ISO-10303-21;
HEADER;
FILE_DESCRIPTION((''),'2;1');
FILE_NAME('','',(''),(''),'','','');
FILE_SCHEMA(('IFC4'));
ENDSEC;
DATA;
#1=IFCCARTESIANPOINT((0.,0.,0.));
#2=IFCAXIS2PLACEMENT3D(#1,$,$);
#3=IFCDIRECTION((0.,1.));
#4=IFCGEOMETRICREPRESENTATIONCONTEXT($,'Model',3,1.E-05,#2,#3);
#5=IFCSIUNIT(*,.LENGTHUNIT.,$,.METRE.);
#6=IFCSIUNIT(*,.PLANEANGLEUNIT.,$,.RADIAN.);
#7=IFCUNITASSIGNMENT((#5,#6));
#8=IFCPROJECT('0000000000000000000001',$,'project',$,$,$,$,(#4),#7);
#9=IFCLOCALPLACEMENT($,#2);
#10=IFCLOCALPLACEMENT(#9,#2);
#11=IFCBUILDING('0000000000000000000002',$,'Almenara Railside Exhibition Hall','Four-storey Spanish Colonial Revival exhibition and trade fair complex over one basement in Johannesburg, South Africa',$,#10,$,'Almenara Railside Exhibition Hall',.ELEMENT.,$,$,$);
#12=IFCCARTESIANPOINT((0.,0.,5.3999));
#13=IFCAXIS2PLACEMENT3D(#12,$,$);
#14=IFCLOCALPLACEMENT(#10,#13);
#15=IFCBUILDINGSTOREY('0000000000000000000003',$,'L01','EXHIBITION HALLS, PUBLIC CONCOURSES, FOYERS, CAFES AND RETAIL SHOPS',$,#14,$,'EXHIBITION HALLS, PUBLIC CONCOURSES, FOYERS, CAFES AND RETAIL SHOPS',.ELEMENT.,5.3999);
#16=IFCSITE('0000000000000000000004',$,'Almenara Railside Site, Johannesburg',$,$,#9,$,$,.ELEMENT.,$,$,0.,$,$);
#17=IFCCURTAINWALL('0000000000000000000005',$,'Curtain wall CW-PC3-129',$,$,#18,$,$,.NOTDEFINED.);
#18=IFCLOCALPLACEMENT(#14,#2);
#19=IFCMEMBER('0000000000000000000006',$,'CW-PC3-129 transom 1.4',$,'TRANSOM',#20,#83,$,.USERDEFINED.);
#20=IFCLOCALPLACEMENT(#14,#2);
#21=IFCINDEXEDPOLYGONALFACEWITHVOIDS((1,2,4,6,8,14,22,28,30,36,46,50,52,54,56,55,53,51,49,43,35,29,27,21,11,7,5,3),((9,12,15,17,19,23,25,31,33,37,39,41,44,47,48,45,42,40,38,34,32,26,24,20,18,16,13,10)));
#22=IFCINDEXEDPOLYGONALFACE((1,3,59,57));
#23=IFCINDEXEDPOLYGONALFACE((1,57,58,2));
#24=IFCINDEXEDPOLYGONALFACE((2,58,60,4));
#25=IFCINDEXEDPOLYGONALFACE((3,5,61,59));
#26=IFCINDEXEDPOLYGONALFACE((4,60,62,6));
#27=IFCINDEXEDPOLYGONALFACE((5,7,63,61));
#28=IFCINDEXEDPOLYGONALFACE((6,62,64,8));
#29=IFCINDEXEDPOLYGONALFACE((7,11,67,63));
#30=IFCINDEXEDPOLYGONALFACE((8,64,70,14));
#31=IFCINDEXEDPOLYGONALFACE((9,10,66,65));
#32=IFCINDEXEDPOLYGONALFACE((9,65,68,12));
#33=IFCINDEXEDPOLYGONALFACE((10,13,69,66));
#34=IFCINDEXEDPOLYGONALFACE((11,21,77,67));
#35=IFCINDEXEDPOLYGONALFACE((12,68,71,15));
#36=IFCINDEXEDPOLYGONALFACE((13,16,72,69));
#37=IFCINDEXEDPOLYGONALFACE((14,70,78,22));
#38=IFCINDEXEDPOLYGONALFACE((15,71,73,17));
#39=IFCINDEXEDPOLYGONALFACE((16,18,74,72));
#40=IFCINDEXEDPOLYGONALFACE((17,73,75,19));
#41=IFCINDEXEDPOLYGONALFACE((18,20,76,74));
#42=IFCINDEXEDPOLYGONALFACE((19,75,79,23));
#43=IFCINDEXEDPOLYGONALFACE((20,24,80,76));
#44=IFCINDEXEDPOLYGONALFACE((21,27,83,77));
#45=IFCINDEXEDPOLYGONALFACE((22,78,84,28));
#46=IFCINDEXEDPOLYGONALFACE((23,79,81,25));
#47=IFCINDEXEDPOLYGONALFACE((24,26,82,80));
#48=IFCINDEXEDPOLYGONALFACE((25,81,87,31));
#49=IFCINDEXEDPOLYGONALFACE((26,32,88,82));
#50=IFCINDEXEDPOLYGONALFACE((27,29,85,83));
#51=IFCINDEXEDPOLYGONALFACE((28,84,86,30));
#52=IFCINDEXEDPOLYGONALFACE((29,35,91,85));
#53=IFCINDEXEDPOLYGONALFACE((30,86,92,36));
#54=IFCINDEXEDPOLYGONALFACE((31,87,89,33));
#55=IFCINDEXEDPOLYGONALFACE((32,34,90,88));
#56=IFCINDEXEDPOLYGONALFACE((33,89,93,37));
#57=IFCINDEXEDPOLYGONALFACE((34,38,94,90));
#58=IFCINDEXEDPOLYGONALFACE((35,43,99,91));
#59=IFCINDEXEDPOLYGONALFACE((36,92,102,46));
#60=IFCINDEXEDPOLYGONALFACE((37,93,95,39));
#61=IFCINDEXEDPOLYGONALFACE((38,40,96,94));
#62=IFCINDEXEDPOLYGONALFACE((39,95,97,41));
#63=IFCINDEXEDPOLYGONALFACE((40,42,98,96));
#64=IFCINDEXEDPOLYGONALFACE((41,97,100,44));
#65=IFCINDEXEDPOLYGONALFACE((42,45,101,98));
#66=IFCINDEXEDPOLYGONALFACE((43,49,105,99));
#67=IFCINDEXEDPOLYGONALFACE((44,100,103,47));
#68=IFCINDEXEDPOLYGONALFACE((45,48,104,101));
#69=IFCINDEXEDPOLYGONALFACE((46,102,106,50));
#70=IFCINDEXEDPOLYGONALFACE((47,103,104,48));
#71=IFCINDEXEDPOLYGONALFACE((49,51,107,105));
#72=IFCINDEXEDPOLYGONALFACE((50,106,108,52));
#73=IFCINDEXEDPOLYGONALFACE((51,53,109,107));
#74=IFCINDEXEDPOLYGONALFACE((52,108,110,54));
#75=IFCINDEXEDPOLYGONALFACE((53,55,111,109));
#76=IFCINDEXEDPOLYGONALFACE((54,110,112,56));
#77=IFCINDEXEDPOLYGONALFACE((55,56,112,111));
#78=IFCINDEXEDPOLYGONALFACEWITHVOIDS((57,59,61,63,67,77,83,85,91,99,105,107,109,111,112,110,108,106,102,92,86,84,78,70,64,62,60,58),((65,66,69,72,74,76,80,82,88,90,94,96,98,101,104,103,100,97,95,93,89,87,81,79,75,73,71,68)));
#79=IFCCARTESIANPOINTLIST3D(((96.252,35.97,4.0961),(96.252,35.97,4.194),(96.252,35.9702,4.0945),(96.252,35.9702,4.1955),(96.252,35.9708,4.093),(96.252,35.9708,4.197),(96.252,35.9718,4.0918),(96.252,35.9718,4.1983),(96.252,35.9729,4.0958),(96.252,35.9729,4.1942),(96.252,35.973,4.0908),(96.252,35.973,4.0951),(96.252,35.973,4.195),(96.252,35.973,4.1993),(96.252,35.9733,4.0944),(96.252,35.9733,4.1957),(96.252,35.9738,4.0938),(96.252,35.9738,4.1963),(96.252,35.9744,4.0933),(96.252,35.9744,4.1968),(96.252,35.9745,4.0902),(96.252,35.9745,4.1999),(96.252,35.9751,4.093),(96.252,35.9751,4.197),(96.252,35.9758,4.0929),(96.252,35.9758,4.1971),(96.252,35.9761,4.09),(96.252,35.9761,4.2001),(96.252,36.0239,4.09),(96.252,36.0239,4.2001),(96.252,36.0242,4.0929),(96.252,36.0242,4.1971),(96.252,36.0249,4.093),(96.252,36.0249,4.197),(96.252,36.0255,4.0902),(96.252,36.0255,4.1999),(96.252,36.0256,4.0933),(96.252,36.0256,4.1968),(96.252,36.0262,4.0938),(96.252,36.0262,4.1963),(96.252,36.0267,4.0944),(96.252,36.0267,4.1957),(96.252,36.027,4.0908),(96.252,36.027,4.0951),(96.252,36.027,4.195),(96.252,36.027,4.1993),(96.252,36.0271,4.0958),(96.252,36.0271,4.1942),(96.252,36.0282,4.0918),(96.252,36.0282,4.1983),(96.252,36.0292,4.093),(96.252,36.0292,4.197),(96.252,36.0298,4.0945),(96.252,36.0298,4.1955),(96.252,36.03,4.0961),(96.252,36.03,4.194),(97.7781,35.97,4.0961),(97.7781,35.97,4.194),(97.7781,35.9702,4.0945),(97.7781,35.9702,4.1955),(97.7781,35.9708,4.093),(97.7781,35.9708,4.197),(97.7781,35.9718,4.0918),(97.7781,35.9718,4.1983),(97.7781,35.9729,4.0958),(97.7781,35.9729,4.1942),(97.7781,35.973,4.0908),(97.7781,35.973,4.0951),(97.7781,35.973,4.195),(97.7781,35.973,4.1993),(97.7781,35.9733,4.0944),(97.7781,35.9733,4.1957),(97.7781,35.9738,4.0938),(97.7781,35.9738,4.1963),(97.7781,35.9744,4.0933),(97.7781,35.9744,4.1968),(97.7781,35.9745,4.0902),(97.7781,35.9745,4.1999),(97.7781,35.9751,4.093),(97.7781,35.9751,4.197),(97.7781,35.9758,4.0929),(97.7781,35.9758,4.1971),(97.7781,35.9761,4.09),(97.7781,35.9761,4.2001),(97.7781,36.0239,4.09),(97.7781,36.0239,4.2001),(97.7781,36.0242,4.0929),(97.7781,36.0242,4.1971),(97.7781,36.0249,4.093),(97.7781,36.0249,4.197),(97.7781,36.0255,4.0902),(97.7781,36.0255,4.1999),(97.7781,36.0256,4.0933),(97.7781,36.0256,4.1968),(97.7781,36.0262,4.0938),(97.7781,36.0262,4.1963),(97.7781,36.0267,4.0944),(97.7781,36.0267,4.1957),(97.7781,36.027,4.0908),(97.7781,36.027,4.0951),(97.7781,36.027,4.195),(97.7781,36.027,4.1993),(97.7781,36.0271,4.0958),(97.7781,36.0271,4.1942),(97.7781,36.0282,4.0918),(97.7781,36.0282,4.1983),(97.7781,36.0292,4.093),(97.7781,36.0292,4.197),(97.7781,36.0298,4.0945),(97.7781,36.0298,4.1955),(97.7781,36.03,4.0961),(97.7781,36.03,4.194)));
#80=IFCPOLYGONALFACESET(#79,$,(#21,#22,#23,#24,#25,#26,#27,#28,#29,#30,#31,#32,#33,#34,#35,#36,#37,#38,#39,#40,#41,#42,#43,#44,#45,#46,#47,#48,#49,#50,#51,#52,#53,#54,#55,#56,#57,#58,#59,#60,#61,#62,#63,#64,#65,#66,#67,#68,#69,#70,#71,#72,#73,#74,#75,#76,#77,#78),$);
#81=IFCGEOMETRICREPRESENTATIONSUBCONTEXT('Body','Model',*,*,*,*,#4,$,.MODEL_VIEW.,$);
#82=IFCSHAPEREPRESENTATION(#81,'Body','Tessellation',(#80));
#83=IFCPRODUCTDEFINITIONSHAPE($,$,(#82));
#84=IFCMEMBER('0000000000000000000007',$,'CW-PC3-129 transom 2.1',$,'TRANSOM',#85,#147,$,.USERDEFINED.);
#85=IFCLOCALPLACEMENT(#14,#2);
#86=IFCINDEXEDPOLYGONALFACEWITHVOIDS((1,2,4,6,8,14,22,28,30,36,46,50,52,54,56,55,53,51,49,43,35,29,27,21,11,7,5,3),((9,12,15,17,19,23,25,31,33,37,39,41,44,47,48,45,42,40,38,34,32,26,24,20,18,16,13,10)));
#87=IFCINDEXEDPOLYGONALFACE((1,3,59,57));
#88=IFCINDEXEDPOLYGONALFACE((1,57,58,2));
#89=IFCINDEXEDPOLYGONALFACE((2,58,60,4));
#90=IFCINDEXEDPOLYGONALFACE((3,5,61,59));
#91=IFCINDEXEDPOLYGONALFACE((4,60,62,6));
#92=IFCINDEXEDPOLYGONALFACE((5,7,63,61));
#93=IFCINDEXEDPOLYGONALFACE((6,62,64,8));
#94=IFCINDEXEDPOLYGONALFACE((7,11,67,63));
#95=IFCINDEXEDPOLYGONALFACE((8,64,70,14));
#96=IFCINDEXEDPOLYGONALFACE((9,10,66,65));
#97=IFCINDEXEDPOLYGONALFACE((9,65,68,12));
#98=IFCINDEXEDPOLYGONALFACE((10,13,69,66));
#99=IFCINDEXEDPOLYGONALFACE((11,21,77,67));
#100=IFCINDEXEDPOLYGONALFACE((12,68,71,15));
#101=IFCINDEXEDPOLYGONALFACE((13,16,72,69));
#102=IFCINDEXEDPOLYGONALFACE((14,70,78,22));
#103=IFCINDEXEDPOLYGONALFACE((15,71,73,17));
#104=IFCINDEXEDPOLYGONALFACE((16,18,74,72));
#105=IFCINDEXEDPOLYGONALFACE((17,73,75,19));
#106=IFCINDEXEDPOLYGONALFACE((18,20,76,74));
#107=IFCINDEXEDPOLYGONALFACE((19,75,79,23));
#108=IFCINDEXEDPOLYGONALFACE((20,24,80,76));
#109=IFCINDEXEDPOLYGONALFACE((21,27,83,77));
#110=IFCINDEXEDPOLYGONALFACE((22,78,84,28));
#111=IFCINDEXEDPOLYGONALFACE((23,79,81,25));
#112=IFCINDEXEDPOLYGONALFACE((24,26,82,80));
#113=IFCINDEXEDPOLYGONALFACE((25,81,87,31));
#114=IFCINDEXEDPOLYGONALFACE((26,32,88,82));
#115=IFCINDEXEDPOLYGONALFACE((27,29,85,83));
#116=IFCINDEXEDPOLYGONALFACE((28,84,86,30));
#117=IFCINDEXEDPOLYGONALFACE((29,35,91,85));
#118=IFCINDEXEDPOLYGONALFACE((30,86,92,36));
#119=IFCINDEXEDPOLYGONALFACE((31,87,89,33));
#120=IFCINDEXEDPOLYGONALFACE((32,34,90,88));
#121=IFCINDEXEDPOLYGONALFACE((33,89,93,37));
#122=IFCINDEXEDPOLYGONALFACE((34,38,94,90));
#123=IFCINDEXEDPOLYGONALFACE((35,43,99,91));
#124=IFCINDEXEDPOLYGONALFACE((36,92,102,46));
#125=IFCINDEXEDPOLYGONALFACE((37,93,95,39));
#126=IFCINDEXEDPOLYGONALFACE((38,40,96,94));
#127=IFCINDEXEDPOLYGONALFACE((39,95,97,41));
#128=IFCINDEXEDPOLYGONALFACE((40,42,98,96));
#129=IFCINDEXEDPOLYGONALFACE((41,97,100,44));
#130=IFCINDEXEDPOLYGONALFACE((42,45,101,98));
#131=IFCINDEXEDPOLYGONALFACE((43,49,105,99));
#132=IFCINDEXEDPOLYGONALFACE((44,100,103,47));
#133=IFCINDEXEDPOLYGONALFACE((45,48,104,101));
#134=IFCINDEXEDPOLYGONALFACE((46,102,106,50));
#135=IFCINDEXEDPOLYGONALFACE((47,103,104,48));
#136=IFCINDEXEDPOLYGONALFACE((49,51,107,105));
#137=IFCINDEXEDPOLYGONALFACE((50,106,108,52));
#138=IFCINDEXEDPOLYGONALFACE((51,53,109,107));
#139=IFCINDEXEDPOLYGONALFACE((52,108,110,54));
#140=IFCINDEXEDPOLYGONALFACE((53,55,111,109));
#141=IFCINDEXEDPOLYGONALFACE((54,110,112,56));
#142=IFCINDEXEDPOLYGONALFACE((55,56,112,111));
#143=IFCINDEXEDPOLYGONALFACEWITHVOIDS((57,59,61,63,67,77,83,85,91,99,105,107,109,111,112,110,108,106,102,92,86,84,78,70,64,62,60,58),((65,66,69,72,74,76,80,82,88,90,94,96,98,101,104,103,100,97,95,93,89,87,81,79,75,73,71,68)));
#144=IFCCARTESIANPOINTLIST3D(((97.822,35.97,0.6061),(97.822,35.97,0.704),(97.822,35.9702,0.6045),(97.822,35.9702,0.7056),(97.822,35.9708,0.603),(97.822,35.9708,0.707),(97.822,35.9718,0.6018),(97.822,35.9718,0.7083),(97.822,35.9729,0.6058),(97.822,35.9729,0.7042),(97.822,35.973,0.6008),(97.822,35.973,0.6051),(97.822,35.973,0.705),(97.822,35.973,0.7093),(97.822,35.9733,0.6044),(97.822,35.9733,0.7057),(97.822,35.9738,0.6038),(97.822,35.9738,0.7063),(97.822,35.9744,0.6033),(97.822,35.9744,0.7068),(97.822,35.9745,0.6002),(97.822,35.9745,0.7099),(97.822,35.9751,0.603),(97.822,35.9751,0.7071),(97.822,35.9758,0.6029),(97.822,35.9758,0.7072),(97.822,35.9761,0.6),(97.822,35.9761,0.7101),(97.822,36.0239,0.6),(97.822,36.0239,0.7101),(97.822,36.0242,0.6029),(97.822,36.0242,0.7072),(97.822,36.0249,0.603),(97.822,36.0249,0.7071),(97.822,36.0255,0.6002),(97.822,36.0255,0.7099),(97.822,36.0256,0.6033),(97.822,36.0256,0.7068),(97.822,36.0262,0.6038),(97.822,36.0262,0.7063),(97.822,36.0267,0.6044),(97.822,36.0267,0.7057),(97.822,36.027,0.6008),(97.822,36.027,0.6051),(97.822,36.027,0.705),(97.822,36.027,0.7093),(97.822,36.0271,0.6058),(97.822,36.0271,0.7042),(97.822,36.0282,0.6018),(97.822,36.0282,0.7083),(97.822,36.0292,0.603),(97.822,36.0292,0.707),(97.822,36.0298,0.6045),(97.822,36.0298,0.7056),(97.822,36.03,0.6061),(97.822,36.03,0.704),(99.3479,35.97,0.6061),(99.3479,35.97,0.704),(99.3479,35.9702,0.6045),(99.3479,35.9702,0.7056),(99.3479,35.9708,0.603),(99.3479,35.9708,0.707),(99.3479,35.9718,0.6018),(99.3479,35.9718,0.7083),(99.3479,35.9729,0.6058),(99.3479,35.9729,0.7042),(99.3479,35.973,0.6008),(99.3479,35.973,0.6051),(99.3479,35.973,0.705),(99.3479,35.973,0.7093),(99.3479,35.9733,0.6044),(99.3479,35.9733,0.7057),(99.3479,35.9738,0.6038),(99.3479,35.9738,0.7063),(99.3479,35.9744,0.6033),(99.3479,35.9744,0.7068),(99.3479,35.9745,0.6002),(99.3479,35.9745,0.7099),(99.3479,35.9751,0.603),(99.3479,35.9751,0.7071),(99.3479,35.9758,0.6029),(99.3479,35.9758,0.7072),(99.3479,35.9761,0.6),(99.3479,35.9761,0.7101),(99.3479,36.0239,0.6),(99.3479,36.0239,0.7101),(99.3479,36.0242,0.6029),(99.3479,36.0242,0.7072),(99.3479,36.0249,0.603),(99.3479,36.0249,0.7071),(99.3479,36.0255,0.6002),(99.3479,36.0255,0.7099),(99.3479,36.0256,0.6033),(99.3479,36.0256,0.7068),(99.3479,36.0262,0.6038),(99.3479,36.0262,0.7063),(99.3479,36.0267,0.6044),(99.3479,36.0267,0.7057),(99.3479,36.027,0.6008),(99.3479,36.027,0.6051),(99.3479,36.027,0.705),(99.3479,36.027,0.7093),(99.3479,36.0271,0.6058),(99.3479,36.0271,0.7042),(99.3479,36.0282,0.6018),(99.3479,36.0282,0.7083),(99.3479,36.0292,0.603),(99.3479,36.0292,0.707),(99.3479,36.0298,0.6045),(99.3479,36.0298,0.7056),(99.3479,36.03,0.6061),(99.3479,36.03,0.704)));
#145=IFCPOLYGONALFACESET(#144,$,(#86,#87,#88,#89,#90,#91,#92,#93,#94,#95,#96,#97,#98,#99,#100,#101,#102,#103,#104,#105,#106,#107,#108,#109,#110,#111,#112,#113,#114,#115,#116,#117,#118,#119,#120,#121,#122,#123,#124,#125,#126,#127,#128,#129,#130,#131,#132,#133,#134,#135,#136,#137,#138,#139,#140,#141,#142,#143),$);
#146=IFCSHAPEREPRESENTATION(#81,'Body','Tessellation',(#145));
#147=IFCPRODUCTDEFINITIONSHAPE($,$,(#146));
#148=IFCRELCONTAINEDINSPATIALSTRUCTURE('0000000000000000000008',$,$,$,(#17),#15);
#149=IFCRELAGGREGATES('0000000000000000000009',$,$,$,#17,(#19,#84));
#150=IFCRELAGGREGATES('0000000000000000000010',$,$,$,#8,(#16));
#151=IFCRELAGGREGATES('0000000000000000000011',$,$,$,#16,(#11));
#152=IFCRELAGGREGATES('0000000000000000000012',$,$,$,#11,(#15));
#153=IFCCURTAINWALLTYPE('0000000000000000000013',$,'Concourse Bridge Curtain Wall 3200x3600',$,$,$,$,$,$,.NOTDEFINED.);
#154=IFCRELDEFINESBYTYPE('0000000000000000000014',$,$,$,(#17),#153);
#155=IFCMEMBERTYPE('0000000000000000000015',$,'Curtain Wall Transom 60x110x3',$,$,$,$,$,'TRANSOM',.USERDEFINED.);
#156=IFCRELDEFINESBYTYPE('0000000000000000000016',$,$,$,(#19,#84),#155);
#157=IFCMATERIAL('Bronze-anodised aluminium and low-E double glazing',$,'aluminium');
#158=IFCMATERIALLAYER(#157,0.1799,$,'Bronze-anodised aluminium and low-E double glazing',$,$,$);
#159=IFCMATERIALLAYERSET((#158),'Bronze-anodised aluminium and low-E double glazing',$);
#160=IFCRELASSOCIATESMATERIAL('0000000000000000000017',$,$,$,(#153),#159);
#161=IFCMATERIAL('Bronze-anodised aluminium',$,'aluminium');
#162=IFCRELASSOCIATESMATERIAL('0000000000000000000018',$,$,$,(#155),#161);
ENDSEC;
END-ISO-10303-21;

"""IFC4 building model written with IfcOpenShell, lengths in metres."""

from ifc_helpers import new_model, si_unit, direction, frame, origin, origin_2d, place, context, subcontext, project, spatial, hollow_rectangle, extrude, material, layer, layer_set, material_profile, profile_set, type_object, element, aggregate, save


model = new_model("IFC4")

# Units and contexts
model_context = context("Model", 3, precision=1e-05, world=origin(), true_north=direction((0.0, 1.0)))
body_context = subcontext(model_context, "Body", "Model", "MODEL_VIEW")
ifc_project = project(units=[si_unit("LENGTHUNIT", "METRE"), si_unit("PLANEANGLEUNIT", "RADIAN")], contexts=[model_context])

# Site, building, storey
site_placement = place(None, origin())
site = spatial("IfcSite", under=ifc_project, at=site_placement, Name="Almenara Railside Site, Johannesburg", CompositionType="ELEMENT", RefElevation=0.0)
building_placement = place(site_placement, origin())
building = spatial("IfcBuilding", under=site, at=building_placement, Name="Almenara Railside Exhibition Hall", Description="Four-storey Spanish Colonial Revival exhibition and trade fair complex over one basement in Johannesburg, South Africa", LongName="Almenara Railside Exhibition Hall", CompositionType="ELEMENT")
storey_placement = place(building_placement, frame((0.0, 0.0, 5.3999)))
storey = spatial("IfcBuildingStorey", under=building, at=storey_placement, Name="L01", Description="EXHIBITION HALLS, PUBLIC CONCOURSES, FOYERS, CAFES AND RETAIL SHOPS", LongName="EXHIBITION HALLS, PUBLIC CONCOURSES, FOYERS, CAFES AND RETAIL SHOPS", CompositionType="ELEMENT", Elevation=5.3999)

# Curtain wall
ifc_material_1 = material(Name="Bronze-anodised aluminium and low-E double glazing", Category="aluminium")
ifc_layer_1 = layer(ifc_material_1, 0.1799, Name="Bronze-anodised aluminium and low-E double glazing")
ifc_layer_set_1 = layer_set([ifc_layer_1], Name="Bronze-anodised aluminium and low-E double glazing")
curtain_wall_type_1 = type_object("IfcCurtainWallType", Name="Concourse Bridge Curtain Wall 3200x3600", PredefinedType="NOTDEFINED", material=ifc_layer_set_1)
curtain_wall_1_placement = place(storey_placement, origin())
curtain_wall_1 = element("IfcCurtainWall", 1, at=curtain_wall_1_placement, inside=storey, type_object=curtain_wall_type_1, Name="Curtain wall CW-PC3-129", PredefinedType="NOTDEFINED")
ifc_material_2 = material(Name="Bronze-anodised aluminium", Category="aluminium")

# Members
ifc_material_profile_1 = material_profile(ifc_material_2, hollow_rectangle(XDim=0.0601, YDim=0.1101, WallThickness=0.0029, InnerFilletRadius=0.0029, OuterFilletRadius=0.0061, at=origin_2d()), Name="ALU-TRN 60x110x3")
ifc_profile_set_1 = profile_set([ifc_material_profile_1], Name="Bronze-anodised aluminium")
member_type_1 = type_object("IfcMemberType", Name="Curtain Wall Transom 60x110x3", ElementType="TRANSOM", PredefinedType="USERDEFINED", material=ifc_profile_set_1)
member_1_placement = place(storey_placement, frame((96.252, 36.0, 4.145), z_axis=(1.0, 0.0, 0.0), x_axis=(0.0, 1.0, 0.0)))
member_1 = element("IfcMember", 2, at=member_1_placement, type_object=member_type_1, Name="CW-PC3-129 transom 1.4", ObjectType="TRANSOM", PredefinedType="USERDEFINED", context=body_context, shape_type="SweptSolid", body=[
    extrude(hollow_rectangle(XDim=0.0601, YDim=0.1101, WallThickness=0.0029, InnerFilletRadius=0.0029, OuterFilletRadius=0.0061, at=origin_2d()), origin(), (0.0, 0.0, 1.0), 1.5261),
])
member_2_placement = place(storey_placement, frame((97.822, 36.0, 0.655), z_axis=(1.0, 0.0, 0.0), x_axis=(0.0, 1.0, 0.0)))
member_2 = element("IfcMember", 3, at=member_2_placement, type_object=member_type_1, Name="CW-PC3-129 transom 2.1", ObjectType="TRANSOM", PredefinedType="USERDEFINED", context=body_context, shape_type="SweptSolid", body=[
    extrude(hollow_rectangle(XDim=0.0601, YDim=0.1101, WallThickness=0.0029, InnerFilletRadius=0.0029, OuterFilletRadius=0.0061, at=origin_2d()), origin(), (0.0, 0.0, 1.0), 1.5259),
])

aggregate(curtain_wall_1, [member_1, member_2])

save(model, "model.ifc")
